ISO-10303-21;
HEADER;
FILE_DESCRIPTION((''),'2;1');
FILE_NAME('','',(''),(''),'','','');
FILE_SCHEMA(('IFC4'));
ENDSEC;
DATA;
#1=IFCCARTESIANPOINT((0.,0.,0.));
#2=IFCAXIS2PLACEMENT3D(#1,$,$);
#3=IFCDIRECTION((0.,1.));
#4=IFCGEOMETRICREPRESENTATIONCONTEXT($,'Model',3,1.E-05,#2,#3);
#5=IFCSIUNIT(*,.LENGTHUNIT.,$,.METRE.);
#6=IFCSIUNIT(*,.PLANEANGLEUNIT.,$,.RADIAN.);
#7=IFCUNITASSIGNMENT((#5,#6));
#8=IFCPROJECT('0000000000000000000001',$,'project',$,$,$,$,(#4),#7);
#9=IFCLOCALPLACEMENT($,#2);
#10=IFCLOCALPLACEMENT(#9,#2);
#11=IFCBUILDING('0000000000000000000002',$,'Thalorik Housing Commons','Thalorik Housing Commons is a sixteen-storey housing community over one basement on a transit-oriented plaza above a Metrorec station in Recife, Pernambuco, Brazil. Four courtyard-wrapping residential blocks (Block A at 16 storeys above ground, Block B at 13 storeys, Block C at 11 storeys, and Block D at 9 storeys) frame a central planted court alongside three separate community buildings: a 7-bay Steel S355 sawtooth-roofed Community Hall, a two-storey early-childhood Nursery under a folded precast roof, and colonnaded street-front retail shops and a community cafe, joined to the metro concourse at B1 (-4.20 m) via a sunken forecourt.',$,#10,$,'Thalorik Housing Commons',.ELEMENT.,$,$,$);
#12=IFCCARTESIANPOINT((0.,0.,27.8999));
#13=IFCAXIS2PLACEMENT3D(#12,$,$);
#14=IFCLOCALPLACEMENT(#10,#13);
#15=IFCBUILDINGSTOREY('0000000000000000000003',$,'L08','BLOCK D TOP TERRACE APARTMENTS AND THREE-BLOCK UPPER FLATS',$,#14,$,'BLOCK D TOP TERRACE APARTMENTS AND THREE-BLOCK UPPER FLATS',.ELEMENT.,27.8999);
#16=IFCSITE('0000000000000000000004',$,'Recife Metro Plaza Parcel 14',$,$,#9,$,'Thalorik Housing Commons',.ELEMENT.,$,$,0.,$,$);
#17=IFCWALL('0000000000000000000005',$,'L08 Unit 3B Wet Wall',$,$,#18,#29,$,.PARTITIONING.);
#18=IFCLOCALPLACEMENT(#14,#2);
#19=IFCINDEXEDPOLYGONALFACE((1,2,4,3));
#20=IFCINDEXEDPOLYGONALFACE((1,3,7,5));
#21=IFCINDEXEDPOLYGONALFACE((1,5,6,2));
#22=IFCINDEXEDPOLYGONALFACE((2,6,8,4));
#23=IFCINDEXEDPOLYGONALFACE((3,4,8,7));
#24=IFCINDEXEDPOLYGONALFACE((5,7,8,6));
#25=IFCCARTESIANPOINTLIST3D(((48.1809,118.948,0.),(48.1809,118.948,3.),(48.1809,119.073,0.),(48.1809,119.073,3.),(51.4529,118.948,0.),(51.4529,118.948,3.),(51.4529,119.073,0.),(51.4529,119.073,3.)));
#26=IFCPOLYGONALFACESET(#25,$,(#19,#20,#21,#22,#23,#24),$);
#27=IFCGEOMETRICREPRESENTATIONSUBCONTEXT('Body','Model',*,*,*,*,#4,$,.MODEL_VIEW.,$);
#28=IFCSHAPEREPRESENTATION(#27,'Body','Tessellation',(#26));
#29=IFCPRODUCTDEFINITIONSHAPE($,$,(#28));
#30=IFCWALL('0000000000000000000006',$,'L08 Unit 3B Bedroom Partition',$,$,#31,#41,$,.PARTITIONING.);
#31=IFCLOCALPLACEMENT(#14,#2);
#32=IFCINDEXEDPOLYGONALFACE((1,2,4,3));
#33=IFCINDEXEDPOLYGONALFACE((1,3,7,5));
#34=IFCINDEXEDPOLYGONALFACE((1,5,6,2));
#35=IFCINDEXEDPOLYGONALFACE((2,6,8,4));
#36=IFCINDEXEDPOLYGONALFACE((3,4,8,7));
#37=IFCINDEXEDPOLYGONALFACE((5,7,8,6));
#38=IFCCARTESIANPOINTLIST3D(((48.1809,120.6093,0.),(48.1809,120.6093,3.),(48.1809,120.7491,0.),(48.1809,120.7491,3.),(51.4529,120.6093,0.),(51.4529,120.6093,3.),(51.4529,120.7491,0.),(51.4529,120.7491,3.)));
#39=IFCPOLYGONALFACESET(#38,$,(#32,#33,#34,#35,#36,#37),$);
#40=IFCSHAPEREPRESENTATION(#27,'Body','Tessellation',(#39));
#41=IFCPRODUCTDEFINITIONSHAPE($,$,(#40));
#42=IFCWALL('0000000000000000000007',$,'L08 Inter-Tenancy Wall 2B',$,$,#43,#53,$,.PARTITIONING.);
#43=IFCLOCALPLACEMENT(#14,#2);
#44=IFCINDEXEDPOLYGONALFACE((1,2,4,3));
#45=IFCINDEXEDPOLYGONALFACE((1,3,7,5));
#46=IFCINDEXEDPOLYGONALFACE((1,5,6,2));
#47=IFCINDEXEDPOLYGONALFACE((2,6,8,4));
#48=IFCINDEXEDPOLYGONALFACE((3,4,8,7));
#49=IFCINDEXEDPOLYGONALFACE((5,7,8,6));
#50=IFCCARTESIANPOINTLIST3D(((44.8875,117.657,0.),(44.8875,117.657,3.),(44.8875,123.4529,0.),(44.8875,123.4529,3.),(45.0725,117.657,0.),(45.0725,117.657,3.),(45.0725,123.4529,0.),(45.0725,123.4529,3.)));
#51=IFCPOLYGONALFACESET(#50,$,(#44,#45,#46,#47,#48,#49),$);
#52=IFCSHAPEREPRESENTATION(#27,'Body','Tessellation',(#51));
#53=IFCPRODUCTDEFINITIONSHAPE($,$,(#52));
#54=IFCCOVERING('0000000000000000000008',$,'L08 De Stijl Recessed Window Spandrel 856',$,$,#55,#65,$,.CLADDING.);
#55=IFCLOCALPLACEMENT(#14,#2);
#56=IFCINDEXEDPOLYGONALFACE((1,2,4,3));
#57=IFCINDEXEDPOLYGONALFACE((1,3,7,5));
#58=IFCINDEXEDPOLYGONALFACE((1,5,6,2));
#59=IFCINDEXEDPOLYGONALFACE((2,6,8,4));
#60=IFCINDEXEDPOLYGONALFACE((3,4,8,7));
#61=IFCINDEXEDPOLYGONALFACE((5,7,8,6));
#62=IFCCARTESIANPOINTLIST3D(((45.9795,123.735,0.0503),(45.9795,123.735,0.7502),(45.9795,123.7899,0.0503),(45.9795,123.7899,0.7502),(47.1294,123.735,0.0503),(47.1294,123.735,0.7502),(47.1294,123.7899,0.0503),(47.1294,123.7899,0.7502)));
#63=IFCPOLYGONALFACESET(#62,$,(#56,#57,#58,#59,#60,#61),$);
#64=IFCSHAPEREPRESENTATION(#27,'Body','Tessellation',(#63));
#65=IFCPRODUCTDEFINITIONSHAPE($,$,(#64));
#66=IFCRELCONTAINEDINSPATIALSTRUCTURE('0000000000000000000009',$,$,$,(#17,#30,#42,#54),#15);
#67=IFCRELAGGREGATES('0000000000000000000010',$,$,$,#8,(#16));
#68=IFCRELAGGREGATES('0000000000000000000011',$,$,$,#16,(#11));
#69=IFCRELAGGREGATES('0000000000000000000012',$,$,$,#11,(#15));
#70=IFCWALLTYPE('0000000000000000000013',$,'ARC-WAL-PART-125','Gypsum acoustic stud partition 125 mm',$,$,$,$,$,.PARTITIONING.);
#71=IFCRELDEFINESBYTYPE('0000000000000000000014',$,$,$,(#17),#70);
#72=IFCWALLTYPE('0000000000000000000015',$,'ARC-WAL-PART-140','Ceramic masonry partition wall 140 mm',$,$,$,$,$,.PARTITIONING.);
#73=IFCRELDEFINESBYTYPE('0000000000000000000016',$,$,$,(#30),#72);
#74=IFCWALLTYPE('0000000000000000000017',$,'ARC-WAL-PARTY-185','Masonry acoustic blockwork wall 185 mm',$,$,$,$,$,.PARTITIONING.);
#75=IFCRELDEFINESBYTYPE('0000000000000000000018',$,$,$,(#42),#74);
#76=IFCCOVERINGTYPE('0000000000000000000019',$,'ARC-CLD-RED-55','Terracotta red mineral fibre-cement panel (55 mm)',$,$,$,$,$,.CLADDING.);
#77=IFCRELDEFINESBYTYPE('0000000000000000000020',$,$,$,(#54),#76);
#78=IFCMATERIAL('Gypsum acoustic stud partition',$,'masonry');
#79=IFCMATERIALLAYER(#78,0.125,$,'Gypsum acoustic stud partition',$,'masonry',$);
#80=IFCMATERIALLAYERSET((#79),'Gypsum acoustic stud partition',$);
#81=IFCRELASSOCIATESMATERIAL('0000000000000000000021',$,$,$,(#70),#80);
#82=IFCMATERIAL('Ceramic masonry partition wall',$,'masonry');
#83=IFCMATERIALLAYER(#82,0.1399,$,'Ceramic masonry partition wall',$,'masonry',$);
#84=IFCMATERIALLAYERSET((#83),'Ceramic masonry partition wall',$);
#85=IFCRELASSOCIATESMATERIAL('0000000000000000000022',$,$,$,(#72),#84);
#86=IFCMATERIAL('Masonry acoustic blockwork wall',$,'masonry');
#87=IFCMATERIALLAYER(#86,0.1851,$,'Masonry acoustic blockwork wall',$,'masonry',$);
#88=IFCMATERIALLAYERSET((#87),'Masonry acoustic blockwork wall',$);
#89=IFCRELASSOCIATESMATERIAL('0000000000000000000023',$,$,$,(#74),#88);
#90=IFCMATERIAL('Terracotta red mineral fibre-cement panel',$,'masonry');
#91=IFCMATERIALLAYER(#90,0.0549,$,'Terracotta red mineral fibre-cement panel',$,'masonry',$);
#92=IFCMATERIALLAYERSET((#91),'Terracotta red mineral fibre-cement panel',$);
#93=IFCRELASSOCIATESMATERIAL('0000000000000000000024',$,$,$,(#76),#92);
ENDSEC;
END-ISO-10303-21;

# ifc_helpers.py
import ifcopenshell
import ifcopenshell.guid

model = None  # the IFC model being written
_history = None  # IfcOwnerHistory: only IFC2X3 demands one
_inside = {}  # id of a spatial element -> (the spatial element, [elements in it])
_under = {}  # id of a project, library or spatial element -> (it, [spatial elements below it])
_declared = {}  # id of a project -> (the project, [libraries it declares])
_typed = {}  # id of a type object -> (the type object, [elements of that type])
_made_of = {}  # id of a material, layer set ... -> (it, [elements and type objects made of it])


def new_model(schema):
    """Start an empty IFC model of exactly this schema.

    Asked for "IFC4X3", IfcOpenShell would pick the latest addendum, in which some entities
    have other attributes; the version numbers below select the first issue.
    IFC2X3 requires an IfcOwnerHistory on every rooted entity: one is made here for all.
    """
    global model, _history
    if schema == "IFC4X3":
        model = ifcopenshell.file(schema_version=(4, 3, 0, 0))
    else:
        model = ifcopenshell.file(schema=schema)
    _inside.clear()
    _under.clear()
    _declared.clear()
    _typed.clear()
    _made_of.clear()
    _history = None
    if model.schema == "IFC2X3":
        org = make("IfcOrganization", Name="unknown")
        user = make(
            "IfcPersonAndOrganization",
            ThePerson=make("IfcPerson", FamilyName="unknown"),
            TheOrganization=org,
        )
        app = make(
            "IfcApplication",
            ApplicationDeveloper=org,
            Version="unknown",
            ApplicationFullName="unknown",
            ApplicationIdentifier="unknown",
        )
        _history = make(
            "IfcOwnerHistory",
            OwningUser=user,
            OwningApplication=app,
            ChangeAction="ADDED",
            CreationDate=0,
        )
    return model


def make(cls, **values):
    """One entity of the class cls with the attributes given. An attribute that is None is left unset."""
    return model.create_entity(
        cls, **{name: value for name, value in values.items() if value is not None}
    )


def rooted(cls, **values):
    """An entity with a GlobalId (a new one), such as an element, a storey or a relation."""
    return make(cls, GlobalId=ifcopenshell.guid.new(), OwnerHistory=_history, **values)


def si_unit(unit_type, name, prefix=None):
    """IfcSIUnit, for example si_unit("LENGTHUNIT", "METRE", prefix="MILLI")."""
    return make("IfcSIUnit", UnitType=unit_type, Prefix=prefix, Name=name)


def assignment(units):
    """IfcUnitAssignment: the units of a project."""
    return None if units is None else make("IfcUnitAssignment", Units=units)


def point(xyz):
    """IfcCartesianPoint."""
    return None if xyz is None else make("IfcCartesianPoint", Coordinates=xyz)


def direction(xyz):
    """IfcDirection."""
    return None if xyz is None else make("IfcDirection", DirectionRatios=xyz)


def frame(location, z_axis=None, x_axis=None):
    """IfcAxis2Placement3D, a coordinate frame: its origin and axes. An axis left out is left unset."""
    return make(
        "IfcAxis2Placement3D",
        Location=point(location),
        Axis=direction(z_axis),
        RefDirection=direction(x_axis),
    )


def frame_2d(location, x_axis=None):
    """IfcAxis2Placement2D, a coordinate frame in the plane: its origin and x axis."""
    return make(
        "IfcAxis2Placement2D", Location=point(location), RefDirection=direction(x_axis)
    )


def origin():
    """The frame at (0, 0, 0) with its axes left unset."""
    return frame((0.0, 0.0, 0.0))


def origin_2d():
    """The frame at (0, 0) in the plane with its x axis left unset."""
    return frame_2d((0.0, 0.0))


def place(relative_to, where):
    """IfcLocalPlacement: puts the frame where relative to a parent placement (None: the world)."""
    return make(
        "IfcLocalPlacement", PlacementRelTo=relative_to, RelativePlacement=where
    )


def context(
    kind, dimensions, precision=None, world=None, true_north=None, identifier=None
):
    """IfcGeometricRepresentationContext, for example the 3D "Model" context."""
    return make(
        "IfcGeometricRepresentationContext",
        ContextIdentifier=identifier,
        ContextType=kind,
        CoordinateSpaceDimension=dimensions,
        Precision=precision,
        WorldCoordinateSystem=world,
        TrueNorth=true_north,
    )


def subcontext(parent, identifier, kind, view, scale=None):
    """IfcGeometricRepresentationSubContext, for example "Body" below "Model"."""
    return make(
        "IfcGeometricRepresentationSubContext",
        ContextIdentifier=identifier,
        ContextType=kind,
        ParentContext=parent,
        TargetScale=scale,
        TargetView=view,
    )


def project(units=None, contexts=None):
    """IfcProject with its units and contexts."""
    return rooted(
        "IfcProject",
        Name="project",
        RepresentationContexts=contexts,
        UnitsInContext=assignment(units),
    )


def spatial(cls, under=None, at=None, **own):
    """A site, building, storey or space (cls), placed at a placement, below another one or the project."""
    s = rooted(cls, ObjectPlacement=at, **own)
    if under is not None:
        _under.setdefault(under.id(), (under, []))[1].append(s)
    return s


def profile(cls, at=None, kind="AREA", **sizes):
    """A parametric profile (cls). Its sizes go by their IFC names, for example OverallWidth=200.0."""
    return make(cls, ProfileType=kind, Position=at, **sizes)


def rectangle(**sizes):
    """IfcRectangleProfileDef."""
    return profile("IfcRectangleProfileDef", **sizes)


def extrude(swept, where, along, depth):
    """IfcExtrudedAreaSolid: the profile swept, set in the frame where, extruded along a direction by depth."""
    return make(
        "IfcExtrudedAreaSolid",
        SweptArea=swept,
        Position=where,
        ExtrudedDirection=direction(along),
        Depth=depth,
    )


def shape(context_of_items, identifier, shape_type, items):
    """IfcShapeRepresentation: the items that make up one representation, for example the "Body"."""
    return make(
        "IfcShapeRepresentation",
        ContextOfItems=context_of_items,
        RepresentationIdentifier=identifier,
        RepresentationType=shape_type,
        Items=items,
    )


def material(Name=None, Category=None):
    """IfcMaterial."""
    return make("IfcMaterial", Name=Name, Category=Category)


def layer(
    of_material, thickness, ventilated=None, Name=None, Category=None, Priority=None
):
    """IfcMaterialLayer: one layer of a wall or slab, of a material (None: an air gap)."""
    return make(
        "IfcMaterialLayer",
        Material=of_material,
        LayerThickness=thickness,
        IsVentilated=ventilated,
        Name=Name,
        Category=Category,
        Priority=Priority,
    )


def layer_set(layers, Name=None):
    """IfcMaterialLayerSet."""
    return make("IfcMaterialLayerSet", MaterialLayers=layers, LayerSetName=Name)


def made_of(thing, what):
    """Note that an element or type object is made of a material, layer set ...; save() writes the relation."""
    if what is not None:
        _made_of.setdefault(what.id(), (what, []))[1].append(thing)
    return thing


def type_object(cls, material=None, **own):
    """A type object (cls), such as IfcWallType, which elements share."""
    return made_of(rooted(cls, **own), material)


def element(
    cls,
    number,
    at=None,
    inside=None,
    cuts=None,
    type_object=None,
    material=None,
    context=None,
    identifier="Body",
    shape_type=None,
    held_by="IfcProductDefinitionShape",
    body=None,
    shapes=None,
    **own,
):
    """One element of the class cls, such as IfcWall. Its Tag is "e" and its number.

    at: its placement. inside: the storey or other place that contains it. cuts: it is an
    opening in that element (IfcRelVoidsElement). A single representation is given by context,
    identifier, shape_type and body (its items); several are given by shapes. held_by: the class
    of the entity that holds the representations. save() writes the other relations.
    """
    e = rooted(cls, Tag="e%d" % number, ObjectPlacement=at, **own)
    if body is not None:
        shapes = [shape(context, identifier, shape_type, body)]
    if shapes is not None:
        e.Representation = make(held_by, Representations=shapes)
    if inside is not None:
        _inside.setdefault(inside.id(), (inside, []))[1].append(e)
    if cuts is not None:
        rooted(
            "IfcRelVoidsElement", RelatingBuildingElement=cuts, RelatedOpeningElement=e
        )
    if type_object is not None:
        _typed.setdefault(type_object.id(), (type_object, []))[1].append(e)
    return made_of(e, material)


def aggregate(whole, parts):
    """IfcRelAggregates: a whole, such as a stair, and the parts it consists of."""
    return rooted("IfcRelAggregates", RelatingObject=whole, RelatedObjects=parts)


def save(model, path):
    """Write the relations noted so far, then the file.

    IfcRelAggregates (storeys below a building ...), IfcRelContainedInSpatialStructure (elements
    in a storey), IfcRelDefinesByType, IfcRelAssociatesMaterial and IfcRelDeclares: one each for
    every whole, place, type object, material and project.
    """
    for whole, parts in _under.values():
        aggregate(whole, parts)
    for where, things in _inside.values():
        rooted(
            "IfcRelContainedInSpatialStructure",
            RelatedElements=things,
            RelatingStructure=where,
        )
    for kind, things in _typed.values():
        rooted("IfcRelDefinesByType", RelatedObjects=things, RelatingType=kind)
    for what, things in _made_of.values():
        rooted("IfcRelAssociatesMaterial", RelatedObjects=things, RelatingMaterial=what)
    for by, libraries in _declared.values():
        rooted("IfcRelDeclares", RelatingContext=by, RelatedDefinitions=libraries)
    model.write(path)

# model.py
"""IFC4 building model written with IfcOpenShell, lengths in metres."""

from ifc_helpers import new_model, si_unit, direction, frame, frame_2d, origin, origin_2d, place, context, subcontext, project, spatial, rectangle, extrude, material, layer, layer_set, type_object, element, save


model = new_model("IFC4")

# Units and contexts
model_context = context("Model", 3, precision=1e-05, world=origin(), true_north=direction((0.0, 1.0)))
body_context = subcontext(model_context, "Body", "Model", "MODEL_VIEW")
ifc_project = project(units=[si_unit("LENGTHUNIT", "METRE"), si_unit("PLANEANGLEUNIT", "RADIAN")], contexts=[model_context])

# Site, building, storey
site_placement = place(None, origin())
site = spatial("IfcSite", under=ifc_project, at=site_placement, Name="Recife Metro Plaza Parcel 14", LongName="Thalorik Housing Commons", CompositionType="ELEMENT", RefElevation=0.0)
building_placement = place(site_placement, origin())
building = spatial("IfcBuilding", under=site, at=building_placement, Name="Thalorik Housing Commons", Description="Thalorik Housing Commons is a sixteen-storey housing community over one basement on a transit-oriented plaza above a Metrorec station in Recife, Pernambuco, Brazil. Four courtyard-wrapping residential blocks (Block A at 16 storeys above ground, Block B at 13 storeys, Block C at 11 storeys, and Block D at 9 storeys) frame a central planted court alongside three separate community buildings: a 7-bay Steel S355 sawtooth-roofed Community Hall, a two-storey early-childhood Nursery under a folded precast roof, and colonnaded street-front retail shops and a community cafe, joined to the metro concourse at B1 (-4.20 m) via a sunken forecourt.", LongName="Thalorik Housing Commons", CompositionType="ELEMENT")
storey_placement = place(building_placement, frame((0.0, 0.0, 27.8999)))
storey = spatial("IfcBuildingStorey", under=building, at=storey_placement, Name="L08", Description="BLOCK D TOP TERRACE APARTMENTS AND THREE-BLOCK UPPER FLATS", LongName="BLOCK D TOP TERRACE APARTMENTS AND THREE-BLOCK UPPER FLATS", CompositionType="ELEMENT", Elevation=27.8999)

# Walls
ifc_material_1 = material(Name="Gypsum acoustic stud partition", Category="masonry")
ifc_layer_1 = layer(ifc_material_1, 0.125, Name="Gypsum acoustic stud partition", Category="masonry")
ifc_layer_set_1 = layer_set([ifc_layer_1], Name="Gypsum acoustic stud partition")
wall_type_1 = type_object("IfcWallType", Name="ARC-WAL-PART-125", Description="Gypsum acoustic stud partition 125 mm", PredefinedType="PARTITIONING", material=ifc_layer_set_1)
wall_1_placement = place(storey_placement, frame((48.1809, 119.0105, 0.0), z_axis=(0.0, 0.0, 1.0), x_axis=(1.0, 0.0, 0.0)))
element("IfcWall", 1, at=wall_1_placement, inside=storey, type_object=wall_type_1, Name="L08 Unit 3B Wet Wall", PredefinedType="PARTITIONING", context=body_context, shape_type="SweptSolid", body=[
    extrude(rectangle(XDim=3.272, YDim=0.125, at=frame_2d((1.636, 0.0))), origin(), (0.0, 0.0, 1.0), 3.0),
])
ifc_material_2 = material(Name="Ceramic masonry partition wall", Category="masonry")
ifc_layer_2 = layer(ifc_material_2, 0.1399, Name="Ceramic masonry partition wall", Category="masonry")
ifc_layer_set_2 = layer_set([ifc_layer_2], Name="Ceramic masonry partition wall")
wall_type_2 = type_object("IfcWallType", Name="ARC-WAL-PART-140", Description="Ceramic masonry partition wall 140 mm", PredefinedType="PARTITIONING", material=ifc_layer_set_2)
wall_2_placement = place(storey_placement, frame((48.1809, 120.6792, 0.0), z_axis=(0.0, 0.0, 1.0), x_axis=(1.0, 0.0, 0.0)))
element("IfcWall", 2, at=wall_2_placement, inside=storey, type_object=wall_type_2, Name="L08 Unit 3B Bedroom Partition", PredefinedType="PARTITIONING", context=body_context, shape_type="SweptSolid", body=[
    extrude(rectangle(XDim=3.272, YDim=0.1399, at=frame_2d((1.636, 0.0))), origin(), (0.0, 0.0, 1.0), 3.0),
])
ifc_material_3 = material(Name="Masonry acoustic blockwork wall", Category="masonry")
ifc_layer_3 = layer(ifc_material_3, 0.1851, Name="Masonry acoustic blockwork wall", Category="masonry")
ifc_layer_set_3 = layer_set([ifc_layer_3], Name="Masonry acoustic blockwork wall")
wall_type_3 = type_object("IfcWallType", Name="ARC-WAL-PARTY-185", Description="Masonry acoustic blockwork wall 185 mm", PredefinedType="PARTITIONING", material=ifc_layer_set_3)
wall_3_placement = place(storey_placement, frame((44.98, 117.657, 0.0), z_axis=(0.0, 0.0, 1.0), x_axis=(0.0, 1.0, 0.0)))
element("IfcWall", 3, at=wall_3_placement, inside=storey, type_object=wall_type_3, Name="L08 Inter-Tenancy Wall 2B", PredefinedType="PARTITIONING", context=body_context, shape_type="SweptSolid", body=[
    extrude(rectangle(XDim=5.7959, YDim=0.1851, at=frame_2d((2.8979, 0.0))), origin(), (0.0, 0.0, 1.0), 3.0),
])

# Covering
ifc_material_4 = material(Name="Terracotta red mineral fibre-cement panel", Category="masonry")
ifc_layer_4 = layer(ifc_material_4, 0.0549, Name="Terracotta red mineral fibre-cement panel", Category="masonry")
ifc_layer_set_4 = layer_set([ifc_layer_4], Name="Terracotta red mineral fibre-cement panel")
covering_type_1 = type_object("IfcCoveringType", Name="ARC-CLD-RED-55", Description="Terracotta red mineral fibre-cement panel (55 mm)", PredefinedType="CLADDING", material=ifc_layer_set_4)
covering_1_placement = place(storey_placement, frame((46.5544, 123.7625, 0.0503), z_axis=(0.0, 0.0, 1.0), x_axis=(-1.0, 0.0, 0.0)))
element("IfcCovering", 4, at=covering_1_placement, inside=storey, type_object=covering_type_1, Name="L08 De Stijl Recessed Window Spandrel 856", PredefinedType="CLADDING", context=body_context, shape_type="SweptSolid", body=[
    extrude(rectangle(XDim=1.1499, YDim=0.0549, at=origin_2d()), origin(), (0.0, 0.0, 1.0), 0.7),
])

save(model, "model.ifc")
